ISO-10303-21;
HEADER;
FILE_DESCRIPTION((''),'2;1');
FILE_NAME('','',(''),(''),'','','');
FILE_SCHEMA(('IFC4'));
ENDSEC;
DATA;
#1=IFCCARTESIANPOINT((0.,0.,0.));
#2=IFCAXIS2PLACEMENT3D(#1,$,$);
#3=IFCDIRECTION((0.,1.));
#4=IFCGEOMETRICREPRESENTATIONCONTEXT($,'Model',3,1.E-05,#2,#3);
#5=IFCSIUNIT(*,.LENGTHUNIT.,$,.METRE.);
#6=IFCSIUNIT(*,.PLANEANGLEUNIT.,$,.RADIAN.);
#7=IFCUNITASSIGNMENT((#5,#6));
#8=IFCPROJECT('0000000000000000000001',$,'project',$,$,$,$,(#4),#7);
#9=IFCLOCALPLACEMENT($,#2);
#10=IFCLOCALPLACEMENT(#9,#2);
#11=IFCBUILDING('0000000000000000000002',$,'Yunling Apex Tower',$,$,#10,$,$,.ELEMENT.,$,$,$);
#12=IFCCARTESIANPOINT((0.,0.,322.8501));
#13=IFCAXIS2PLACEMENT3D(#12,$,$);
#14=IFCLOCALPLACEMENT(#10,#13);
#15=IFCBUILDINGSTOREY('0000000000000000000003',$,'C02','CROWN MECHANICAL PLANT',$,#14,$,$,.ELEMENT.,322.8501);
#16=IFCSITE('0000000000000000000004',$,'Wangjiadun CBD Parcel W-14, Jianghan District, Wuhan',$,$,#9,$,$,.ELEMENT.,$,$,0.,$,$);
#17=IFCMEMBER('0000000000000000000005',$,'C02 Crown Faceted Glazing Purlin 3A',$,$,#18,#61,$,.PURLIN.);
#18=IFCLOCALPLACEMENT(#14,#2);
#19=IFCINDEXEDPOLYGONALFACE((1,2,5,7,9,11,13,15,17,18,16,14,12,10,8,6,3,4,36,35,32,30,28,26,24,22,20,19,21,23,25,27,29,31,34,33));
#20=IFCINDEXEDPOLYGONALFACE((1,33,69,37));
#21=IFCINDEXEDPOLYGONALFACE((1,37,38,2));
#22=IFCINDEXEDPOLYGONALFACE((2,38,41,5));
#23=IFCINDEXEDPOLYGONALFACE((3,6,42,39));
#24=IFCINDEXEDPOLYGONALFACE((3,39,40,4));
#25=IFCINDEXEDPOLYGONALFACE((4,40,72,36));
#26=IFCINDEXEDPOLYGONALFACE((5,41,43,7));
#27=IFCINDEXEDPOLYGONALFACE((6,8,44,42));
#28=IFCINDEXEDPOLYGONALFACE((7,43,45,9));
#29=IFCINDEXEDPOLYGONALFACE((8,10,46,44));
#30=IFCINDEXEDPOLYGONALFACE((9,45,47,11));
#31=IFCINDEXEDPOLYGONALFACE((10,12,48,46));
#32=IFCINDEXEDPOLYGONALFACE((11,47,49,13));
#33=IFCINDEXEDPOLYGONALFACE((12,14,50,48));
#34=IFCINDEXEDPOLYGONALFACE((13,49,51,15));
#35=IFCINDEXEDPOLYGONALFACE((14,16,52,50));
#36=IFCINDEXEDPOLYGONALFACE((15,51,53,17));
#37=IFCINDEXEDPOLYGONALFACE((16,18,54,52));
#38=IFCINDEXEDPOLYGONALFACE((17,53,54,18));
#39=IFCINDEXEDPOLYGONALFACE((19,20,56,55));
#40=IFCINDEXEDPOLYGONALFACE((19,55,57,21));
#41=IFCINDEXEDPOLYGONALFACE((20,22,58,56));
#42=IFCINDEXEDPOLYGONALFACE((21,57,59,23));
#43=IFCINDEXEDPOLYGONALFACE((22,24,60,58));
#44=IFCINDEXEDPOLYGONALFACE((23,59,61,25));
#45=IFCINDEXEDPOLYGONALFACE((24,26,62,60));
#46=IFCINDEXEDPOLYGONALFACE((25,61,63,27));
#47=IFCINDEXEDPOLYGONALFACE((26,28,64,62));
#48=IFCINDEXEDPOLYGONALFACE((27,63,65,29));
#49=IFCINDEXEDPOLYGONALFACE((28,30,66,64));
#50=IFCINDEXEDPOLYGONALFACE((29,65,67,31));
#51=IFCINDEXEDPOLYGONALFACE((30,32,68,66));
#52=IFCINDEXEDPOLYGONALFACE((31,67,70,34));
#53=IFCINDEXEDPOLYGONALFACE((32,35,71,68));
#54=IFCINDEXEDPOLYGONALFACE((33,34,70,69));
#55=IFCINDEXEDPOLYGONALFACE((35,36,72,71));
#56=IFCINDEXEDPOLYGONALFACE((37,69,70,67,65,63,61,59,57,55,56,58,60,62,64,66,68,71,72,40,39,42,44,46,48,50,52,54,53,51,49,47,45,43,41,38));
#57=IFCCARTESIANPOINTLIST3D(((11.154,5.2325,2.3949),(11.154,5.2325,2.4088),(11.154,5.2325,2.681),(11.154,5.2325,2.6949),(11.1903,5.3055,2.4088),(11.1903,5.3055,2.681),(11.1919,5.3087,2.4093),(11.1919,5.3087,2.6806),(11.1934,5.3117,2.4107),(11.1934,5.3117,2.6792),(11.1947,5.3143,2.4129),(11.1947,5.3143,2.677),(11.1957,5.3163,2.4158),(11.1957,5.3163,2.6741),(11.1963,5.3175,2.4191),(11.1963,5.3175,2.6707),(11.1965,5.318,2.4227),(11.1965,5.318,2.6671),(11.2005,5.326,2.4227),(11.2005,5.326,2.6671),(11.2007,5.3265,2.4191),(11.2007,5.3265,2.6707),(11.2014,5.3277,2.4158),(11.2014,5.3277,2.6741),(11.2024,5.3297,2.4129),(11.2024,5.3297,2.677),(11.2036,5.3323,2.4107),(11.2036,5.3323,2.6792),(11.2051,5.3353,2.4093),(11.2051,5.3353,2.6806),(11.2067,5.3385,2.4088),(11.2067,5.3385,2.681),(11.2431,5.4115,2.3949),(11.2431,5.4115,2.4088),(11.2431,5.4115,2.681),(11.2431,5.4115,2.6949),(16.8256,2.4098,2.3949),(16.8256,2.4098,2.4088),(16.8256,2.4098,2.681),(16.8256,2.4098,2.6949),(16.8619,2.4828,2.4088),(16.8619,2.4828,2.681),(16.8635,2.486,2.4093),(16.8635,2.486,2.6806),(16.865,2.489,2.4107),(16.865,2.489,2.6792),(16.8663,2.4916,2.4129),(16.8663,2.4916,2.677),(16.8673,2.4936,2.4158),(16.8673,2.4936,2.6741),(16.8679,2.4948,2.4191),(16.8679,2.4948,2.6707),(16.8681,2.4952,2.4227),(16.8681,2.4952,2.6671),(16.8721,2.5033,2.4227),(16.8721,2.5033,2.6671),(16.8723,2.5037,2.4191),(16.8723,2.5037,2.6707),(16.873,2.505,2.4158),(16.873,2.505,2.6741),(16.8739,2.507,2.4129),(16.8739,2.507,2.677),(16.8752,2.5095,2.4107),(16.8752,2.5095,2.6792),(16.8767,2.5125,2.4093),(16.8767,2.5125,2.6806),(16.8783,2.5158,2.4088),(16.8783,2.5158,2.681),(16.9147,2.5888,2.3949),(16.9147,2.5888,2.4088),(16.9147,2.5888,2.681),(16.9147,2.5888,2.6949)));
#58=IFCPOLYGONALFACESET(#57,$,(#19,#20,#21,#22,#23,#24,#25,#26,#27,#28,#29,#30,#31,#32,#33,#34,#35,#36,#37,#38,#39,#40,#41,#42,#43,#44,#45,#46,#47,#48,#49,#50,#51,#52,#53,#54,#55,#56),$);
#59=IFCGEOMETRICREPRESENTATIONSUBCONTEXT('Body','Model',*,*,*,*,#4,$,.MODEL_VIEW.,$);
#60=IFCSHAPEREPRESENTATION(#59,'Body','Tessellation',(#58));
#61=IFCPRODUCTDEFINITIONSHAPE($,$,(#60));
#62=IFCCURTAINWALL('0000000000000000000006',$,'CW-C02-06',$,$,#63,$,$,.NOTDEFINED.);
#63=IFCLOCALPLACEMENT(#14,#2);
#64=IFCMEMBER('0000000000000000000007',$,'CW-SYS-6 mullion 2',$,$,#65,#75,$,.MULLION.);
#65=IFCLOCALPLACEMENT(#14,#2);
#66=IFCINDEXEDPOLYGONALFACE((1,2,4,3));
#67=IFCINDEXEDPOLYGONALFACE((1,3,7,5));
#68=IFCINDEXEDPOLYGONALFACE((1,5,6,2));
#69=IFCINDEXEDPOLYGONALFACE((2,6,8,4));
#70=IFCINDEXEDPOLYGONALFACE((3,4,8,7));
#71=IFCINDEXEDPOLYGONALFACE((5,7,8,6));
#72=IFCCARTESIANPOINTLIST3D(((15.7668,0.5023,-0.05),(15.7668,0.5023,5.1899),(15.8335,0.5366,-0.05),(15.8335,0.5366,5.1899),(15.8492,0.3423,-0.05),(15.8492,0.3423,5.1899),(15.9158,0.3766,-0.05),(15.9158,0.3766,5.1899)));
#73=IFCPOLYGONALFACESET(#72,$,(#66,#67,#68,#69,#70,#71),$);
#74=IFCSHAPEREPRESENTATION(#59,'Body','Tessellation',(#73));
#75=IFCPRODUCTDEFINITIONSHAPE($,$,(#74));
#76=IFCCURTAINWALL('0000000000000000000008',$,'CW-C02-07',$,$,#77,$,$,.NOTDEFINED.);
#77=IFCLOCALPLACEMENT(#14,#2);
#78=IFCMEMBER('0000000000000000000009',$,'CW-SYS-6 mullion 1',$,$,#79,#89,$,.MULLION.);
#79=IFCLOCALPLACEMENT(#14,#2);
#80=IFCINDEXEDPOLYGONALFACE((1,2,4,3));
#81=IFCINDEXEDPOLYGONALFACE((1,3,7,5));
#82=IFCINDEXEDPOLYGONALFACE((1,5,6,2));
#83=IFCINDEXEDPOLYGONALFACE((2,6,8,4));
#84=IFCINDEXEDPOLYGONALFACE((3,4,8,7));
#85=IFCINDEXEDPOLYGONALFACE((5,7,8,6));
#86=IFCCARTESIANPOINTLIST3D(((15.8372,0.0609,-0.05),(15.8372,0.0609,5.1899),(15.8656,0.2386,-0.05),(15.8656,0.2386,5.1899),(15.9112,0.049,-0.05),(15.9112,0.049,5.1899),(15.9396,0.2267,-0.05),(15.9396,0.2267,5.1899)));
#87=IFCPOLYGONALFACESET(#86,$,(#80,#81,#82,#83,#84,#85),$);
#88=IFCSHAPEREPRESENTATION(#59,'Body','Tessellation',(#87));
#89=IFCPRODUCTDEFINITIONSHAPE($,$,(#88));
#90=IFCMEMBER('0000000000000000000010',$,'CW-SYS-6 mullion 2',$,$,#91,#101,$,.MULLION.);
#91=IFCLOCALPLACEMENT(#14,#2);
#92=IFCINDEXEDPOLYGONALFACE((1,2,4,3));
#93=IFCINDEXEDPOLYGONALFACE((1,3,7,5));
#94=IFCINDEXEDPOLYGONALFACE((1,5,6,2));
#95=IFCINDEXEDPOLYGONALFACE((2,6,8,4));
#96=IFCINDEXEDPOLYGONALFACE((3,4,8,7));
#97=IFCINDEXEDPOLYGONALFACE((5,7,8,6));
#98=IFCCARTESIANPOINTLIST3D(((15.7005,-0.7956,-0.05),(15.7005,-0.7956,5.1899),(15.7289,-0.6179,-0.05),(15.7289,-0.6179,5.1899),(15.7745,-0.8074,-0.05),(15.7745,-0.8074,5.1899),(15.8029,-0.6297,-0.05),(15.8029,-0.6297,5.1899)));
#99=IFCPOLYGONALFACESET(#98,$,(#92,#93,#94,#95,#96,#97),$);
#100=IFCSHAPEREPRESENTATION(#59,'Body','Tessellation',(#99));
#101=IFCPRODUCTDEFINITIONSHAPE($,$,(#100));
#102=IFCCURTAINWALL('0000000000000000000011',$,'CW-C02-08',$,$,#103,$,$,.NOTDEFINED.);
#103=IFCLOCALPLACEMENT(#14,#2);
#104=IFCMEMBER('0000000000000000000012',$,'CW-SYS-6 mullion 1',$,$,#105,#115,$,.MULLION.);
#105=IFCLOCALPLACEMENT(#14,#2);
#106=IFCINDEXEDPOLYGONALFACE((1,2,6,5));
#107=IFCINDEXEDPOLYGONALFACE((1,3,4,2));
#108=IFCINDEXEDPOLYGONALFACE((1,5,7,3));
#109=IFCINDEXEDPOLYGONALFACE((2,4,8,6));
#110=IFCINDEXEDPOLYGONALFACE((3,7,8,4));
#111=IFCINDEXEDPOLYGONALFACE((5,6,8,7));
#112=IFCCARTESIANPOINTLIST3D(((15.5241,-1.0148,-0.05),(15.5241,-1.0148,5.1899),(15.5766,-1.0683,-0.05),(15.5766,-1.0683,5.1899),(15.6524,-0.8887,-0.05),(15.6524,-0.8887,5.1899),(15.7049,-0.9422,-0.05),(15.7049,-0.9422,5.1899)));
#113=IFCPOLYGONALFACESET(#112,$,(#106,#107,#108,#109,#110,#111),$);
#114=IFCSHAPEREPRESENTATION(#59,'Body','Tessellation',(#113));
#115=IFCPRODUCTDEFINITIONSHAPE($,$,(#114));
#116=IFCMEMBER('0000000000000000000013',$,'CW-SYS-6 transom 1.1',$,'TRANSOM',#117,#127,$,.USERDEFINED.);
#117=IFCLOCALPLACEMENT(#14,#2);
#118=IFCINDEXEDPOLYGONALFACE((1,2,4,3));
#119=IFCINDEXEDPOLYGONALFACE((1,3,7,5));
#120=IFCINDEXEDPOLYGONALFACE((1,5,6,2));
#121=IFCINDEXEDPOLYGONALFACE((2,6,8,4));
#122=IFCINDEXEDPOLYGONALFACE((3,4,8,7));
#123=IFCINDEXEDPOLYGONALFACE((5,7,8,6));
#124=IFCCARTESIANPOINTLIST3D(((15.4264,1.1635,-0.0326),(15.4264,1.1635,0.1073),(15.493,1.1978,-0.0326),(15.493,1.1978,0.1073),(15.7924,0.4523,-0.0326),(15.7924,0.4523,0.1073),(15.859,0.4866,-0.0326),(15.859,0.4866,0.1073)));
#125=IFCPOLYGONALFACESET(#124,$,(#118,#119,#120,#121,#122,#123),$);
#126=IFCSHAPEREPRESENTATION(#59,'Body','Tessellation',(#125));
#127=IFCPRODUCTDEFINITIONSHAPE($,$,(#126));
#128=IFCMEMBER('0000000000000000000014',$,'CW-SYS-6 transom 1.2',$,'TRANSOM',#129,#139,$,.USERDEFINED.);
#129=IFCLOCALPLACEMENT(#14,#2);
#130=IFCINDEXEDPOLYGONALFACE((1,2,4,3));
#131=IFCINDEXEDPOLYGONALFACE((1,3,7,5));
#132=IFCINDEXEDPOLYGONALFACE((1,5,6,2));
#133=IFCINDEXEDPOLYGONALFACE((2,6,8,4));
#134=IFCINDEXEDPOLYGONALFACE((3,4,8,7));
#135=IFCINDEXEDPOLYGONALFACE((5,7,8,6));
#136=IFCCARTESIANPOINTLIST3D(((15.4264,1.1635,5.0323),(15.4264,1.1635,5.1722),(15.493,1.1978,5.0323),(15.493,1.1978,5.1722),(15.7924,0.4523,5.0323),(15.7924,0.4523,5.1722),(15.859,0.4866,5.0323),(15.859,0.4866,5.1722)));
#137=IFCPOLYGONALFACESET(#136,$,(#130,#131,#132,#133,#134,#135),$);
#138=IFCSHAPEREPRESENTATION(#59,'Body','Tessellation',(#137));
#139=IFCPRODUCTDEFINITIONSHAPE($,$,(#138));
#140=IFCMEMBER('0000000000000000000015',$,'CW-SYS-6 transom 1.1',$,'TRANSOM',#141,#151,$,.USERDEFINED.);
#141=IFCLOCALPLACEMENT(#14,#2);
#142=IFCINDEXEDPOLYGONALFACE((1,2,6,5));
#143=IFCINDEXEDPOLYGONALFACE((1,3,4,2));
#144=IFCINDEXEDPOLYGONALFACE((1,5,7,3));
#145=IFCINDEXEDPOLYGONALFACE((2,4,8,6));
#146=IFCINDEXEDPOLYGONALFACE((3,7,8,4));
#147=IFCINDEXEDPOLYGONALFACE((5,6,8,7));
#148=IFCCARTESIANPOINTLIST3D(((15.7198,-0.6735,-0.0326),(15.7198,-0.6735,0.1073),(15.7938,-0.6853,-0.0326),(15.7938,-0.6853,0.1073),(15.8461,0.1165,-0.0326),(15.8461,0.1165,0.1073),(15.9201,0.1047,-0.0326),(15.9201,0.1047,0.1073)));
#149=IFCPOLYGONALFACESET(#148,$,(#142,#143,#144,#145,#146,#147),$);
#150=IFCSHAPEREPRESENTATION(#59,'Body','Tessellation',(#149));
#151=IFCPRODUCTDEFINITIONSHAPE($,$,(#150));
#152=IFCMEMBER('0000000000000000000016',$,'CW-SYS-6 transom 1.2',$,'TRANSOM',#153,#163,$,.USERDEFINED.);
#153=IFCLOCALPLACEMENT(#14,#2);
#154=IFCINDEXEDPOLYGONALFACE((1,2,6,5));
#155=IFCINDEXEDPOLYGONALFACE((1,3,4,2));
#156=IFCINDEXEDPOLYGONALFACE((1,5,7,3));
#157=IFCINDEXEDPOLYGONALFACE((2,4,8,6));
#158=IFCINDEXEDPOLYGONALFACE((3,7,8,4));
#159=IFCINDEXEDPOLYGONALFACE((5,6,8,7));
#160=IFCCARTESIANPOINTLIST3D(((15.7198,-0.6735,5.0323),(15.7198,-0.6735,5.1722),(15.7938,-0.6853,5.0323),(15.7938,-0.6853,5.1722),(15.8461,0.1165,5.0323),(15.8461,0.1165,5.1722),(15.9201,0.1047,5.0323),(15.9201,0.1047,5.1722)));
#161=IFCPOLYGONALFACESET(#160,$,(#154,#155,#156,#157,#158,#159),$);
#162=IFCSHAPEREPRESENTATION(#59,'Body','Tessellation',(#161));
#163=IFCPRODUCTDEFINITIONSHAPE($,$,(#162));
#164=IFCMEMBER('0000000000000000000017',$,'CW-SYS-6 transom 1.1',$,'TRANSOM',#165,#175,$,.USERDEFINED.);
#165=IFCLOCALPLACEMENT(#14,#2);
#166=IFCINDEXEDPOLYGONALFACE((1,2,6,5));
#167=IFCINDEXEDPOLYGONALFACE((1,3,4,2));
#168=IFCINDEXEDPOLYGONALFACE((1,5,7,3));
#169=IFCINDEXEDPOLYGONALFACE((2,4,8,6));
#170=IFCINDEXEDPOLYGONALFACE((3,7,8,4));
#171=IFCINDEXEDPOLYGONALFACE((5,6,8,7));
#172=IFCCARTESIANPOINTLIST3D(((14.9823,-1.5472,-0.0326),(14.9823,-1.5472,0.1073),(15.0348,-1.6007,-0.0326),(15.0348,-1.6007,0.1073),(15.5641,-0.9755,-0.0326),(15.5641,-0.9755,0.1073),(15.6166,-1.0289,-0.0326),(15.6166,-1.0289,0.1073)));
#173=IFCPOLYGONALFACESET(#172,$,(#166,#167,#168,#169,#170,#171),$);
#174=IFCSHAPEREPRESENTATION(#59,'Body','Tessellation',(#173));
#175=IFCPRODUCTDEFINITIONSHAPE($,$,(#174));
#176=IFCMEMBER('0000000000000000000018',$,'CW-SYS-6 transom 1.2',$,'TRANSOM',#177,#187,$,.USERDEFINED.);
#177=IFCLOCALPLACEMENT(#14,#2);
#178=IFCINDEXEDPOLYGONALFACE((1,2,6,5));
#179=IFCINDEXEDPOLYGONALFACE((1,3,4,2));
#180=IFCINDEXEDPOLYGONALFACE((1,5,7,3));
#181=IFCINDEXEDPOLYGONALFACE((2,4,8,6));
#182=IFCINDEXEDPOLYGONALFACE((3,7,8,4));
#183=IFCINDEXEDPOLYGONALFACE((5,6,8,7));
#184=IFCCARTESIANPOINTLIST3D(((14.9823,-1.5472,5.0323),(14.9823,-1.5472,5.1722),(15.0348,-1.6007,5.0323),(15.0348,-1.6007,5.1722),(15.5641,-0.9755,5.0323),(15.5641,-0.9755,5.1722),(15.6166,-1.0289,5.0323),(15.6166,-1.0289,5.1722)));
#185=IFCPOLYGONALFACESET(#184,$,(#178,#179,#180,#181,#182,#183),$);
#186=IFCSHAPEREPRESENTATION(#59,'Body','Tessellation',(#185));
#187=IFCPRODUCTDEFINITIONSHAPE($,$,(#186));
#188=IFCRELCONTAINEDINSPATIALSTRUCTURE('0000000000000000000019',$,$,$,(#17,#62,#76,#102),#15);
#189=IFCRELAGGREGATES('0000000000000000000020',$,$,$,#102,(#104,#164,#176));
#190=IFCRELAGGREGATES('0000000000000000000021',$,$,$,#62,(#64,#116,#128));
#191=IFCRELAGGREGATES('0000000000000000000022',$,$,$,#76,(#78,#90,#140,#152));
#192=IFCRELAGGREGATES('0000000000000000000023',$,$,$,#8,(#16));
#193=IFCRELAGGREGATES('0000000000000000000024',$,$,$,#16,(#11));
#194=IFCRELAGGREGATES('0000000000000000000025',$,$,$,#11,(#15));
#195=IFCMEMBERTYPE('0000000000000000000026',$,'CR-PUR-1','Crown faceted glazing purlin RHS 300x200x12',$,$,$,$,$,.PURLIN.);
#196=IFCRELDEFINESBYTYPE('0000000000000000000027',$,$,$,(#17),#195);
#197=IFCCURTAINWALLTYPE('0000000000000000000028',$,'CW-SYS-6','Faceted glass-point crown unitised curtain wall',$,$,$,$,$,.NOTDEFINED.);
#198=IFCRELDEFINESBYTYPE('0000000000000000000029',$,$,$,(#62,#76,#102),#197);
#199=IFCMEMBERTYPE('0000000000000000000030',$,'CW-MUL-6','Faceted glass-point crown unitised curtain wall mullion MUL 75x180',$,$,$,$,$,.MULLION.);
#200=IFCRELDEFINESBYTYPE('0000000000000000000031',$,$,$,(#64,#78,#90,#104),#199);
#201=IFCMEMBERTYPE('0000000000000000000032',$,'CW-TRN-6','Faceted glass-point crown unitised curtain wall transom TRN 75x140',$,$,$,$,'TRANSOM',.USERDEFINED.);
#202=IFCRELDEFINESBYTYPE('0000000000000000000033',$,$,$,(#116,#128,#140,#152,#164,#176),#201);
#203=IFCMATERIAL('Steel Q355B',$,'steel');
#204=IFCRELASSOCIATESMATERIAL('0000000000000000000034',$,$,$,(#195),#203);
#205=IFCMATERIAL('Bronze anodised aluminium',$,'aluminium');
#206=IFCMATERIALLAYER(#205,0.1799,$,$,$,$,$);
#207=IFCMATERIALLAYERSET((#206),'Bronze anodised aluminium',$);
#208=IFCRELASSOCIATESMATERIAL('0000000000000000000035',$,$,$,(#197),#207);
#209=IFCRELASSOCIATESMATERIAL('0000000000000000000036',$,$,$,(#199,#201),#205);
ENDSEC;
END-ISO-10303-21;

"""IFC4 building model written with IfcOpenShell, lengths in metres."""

from ifc_helpers import new_model, si_unit, direction, frame, origin, origin_2d, place, context, subcontext, project, spatial, rectangle, i_section, extrude, source, transform, mapped, material, layer, layer_set, material_profile, profile_set, type_object, element, aggregate, save


model = new_model("IFC4")

# Units and contexts
model_context = context("Model", 3, precision=1e-05, world=origin(), true_north=direction((0.0, 1.0)))
body_context = subcontext(model_context, "Body", "Model", "MODEL_VIEW")
ifc_project = project(units=[si_unit("LENGTHUNIT", "METRE"), si_unit("PLANEANGLEUNIT", "RADIAN")], contexts=[model_context])

# Site, building, storey
site_placement = place(None, origin())
site = spatial("IfcSite", under=ifc_project, at=site_placement, Name="Wangjiadun CBD Parcel W-14, Jianghan District, Wuhan", CompositionType="ELEMENT", RefElevation=0.0)
building_placement = place(site_placement, origin())
building = spatial("IfcBuilding", under=site, at=building_placement, Name="Yunling Apex Tower", CompositionType="ELEMENT")
storey_placement = place(building_placement, frame((0.0, 0.0, 322.8501)))
storey = spatial("IfcBuildingStorey", under=building, at=storey_placement, Name="C02", Description="CROWN MECHANICAL PLANT", CompositionType="ELEMENT", Elevation=322.8501)

# Shared definitions
ifc_material_1 = material(Name="Steel Q355B", Category="steel")

# Member
ifc_material_profile_1 = material_profile(ifc_material_1, i_section(OverallWidth=0.2, OverallDepth=0.3, WebThickness=0.009, FlangeThickness=0.0139, FilletRadius=0.0139, at=origin_2d()))
ifc_profile_set_1 = profile_set([ifc_material_profile_1], Name="Steel Q355B")
member_type_1 = type_object("IfcMemberType", Name="CR-PUR-1", Description="Crown faceted glazing purlin RHS 300x200x12", PredefinedType="PURLIN", material=ifc_profile_set_1)
shared_shape_1 = source(origin(), body_context, "Body", "SweptSolid", [
    extrude(i_section(OverallWidth=0.2, OverallDepth=0.3, WebThickness=0.009, FlangeThickness=0.0139, FilletRadius=0.0139, at=origin_2d()), origin(), (0.0, 0.0, 1.0), 6.3352),
])
member_1_placement = place(storey_placement, frame((16.8701, 2.4993, 2.5449), z_axis=(-0.89525, 0.445563, 0.0), x_axis=(-0.445563, -0.89525, 0.0)))
element("IfcMember", 1, at=member_1_placement, inside=storey, type_object=member_type_1, Name="C02 Crown Faceted Glazing Purlin 3A", PredefinedType="PURLIN", context=body_context, shape_type="MappedRepresentation", body=[
    mapped(shared_shape_1, transform((0.0, 0.0, 0.0), scale=1.0)),
])

# Curtain wall, member
ifc_material_2 = material(Name="Bronze anodised aluminium", Category="aluminium")
ifc_layer_1 = layer(ifc_material_2, 0.1799)
ifc_layer_set_1 = layer_set([ifc_layer_1], Name="Bronze anodised aluminium")
curtain_wall_type = type_object("IfcCurtainWallType", Name="CW-SYS-6", Description="Faceted glass-point crown unitised curtain wall", PredefinedType="NOTDEFINED", material=ifc_layer_set_1)
curtain_wall_1_placement = place(storey_placement, origin())
curtain_wall_1 = element("IfcCurtainWall", 2, at=curtain_wall_1_placement, inside=storey, type_object=curtain_wall_type, Name="CW-C02-06", PredefinedType="NOTDEFINED")
ifc_material_profile_2 = material_profile(ifc_material_2, rectangle(XDim=0.075, YDim=0.1799, at=origin_2d()))
ifc_profile_set_2 = profile_set([ifc_material_profile_2], Name="Bronze anodised aluminium")
member_type_2 = type_object("IfcMemberType", Name="CW-MUL-6", Description="Faceted glass-point crown unitised curtain wall mullion MUL 75x180", PredefinedType="MULLION", material=ifc_profile_set_2)
shared_shape_2 = source(origin(), body_context, "Body", "SweptSolid", [
    extrude(rectangle(XDim=0.075, YDim=0.1799, at=origin_2d()), origin(), (0.0, 0.0, 1.0), 5.24),
])
member_2_placement = place(storey_placement, frame((15.8413, 0.4395, -0.05), z_axis=(0.0, 0.0, 1.0), x_axis=(0.889167, 0.457583, 0.0)))
member_2 = element("IfcMember", 3, at=member_2_placement, type_object=member_type_2, Name="CW-SYS-6 mullion 2", PredefinedType="MULLION", context=body_context, shape_type="MappedRepresentation", body=[
    mapped(shared_shape_2, transform((0.0, 0.0, 0.0), scale=1.0)),
])

# Curtain wall, members
curtain_wall_2_placement = place(storey_placement, origin())
curtain_wall_2 = element("IfcCurtainWall", 4, at=curtain_wall_2_placement, inside=storey, type_object=curtain_wall_type, Name="CW-C02-07", PredefinedType="NOTDEFINED")
member_3_placement = place(storey_placement, frame((15.8884, 0.1438, -0.05), z_axis=(0.0, 0.0, 1.0), x_axis=(0.987473, -0.157788, 0.0)))
member_3 = element("IfcMember", 5, at=member_3_placement, type_object=member_type_2, Name="CW-SYS-6 mullion 1", PredefinedType="MULLION", context=body_context, shape_type="MappedRepresentation", body=[
    mapped(shared_shape_2, transform((0.0, 0.0, 0.0), scale=1.0)),
])
member_4_placement = place(storey_placement, frame((15.7517, -0.7126, -0.05), z_axis=(0.0, 0.0, 1.0), x_axis=(0.987473, -0.157788, 0.0)))
member_4 = element("IfcMember", 6, at=member_4_placement, type_object=member_type_2, Name="CW-SYS-6 mullion 2", PredefinedType="MULLION", context=body_context, shape_type="MappedRepresentation", body=[
    mapped(shared_shape_2, transform((0.0, 0.0, 0.0), scale=1.0)),
])

# Curtain wall, member
curtain_wall_3_placement = place(storey_placement, origin())
curtain_wall_3 = element("IfcCurtainWall", 7, at=curtain_wall_3_placement, inside=storey, type_object=curtain_wall_type, Name="CW-C02-08", PredefinedType="NOTDEFINED")
member_5_placement = place(storey_placement, frame((15.6145, -0.9785, -0.05), z_axis=(0.0, 0.0, 1.0), x_axis=(0.700818, -0.71334, 0.0)))
member_5 = element("IfcMember", 8, at=member_5_placement, type_object=member_type_2, Name="CW-SYS-6 mullion 1", PredefinedType="MULLION", context=body_context, shape_type="MappedRepresentation", body=[
    mapped(shared_shape_2, transform((0.0, 0.0, 0.0), scale=1.0)),
])

# Members
ifc_material_profile_3 = material_profile(ifc_material_2, rectangle(XDim=0.075, YDim=0.1399, at=origin_2d()))
ifc_profile_set_3 = profile_set([ifc_material_profile_3], Name="Bronze anodised aluminium")
member_type_3 = type_object("IfcMemberType", Name="CW-TRN-6", Description="Faceted glass-point crown unitised curtain wall transom TRN 75x140", ElementType="TRANSOM", PredefinedType="USERDEFINED", material=ifc_profile_set_3)
shared_shape_3 = source(origin(), body_context, "Body", "SweptSolid", [
    extrude(rectangle(XDim=0.075, YDim=0.1399, at=origin_2d()), origin(), (0.0, 0.0, 1.0), 0.7998),
])
member_6_placement = place(storey_placement, frame((15.4597, 1.1807, 0.0374), z_axis=(0.457562, -0.889178, 0.0), x_axis=(0.889178, 0.457562, 0.0)))
member_6 = element("IfcMember", 9, at=member_6_placement, type_object=member_type_3, Name="CW-SYS-6 transom 1.1", ObjectType="TRANSOM", PredefinedType="USERDEFINED", context=body_context, shape_type="MappedRepresentation", body=[
    mapped(shared_shape_3, transform((0.0, 0.0, 0.0), scale=1.0)),
])
member_7_placement = place(storey_placement, frame((15.4597, 1.1807, 5.1023), z_axis=(0.457562, -0.889178, 0.0), x_axis=(0.889178, 0.457562, 0.0)))
member_7 = element("IfcMember", 10, at=member_7_placement, type_object=member_type_3, Name="CW-SYS-6 transom 1.2", ObjectType="TRANSOM", PredefinedType="USERDEFINED", context=body_context, shape_type="MappedRepresentation", body=[
    mapped(shared_shape_3, transform((0.0, 0.0, 0.0), scale=1.0)),
])
shared_shape_4 = source(origin(), body_context, "Body", "SweptSolid", [
    extrude(rectangle(XDim=0.075, YDim=0.1399, at=origin_2d()), origin(), (0.0, 0.0, 1.0), 0.8),
])
member_8_placement = place(storey_placement, frame((15.8831, 0.1106, 0.0374), z_axis=(-0.157764, -0.987477, 0.0), x_axis=(0.987477, -0.157764, 0.0)))
member_8 = element("IfcMember", 11, at=member_8_placement, type_object=member_type_3, Name="CW-SYS-6 transom 1.1", ObjectType="TRANSOM", PredefinedType="USERDEFINED", context=body_context, shape_type="MappedRepresentation", body=[
    mapped(shared_shape_4, transform((0.0, 0.0, 0.0), scale=1.0)),
])
member_9_placement = place(storey_placement, frame((15.8831, 0.1106, 5.1023), z_axis=(-0.157764, -0.987477, 0.0), x_axis=(0.987477, -0.157764, 0.0)))
member_9 = element("IfcMember", 12, at=member_9_placement, type_object=member_type_3, Name="CW-SYS-6 transom 1.2", ObjectType="TRANSOM", PredefinedType="USERDEFINED", context=body_context, shape_type="MappedRepresentation", body=[
    mapped(shared_shape_4, transform((0.0, 0.0, 0.0), scale=1.0)),
])
shared_shape_5 = source(origin(), body_context, "Body", "SweptSolid", [
    extrude(rectangle(XDim=0.075, YDim=0.1399, at=origin_2d()), origin(), (0.0, 0.0, 1.0), 0.8157),
])
member_10_placement = place(storey_placement, frame((15.5903, -1.0022, 0.0374), z_axis=(-0.713216, -0.700945, 0.0), x_axis=(0.700945, -0.713216, 0.0)))
member_10 = element("IfcMember", 13, at=member_10_placement, type_object=member_type_3, Name="CW-SYS-6 transom 1.1", ObjectType="TRANSOM", PredefinedType="USERDEFINED", context=body_context, shape_type="MappedRepresentation", body=[
    mapped(shared_shape_5, transform((0.0, 0.0, 0.0), scale=1.0)),
])
member_11_placement = place(storey_placement, frame((15.5903, -1.0022, 5.1023), z_axis=(-0.713216, -0.700945, 0.0), x_axis=(0.700945, -0.713216, 0.0)))
member_11 = element("IfcMember", 14, at=member_11_placement, type_object=member_type_3, Name="CW-SYS-6 transom 1.2", ObjectType="TRANSOM", PredefinedType="USERDEFINED", context=body_context, shape_type="MappedRepresentation", body=[
    mapped(shared_shape_5, transform((0.0, 0.0, 0.0), scale=1.0)),
])
aggregate(curtain_wall_3, [member_5, member_10, member_11])

aggregate(curtain_wall_1, [member_2, member_6, member_7])
aggregate(curtain_wall_2, [member_3, member_4, member_8, member_9])

save(model, "model.ifc")
